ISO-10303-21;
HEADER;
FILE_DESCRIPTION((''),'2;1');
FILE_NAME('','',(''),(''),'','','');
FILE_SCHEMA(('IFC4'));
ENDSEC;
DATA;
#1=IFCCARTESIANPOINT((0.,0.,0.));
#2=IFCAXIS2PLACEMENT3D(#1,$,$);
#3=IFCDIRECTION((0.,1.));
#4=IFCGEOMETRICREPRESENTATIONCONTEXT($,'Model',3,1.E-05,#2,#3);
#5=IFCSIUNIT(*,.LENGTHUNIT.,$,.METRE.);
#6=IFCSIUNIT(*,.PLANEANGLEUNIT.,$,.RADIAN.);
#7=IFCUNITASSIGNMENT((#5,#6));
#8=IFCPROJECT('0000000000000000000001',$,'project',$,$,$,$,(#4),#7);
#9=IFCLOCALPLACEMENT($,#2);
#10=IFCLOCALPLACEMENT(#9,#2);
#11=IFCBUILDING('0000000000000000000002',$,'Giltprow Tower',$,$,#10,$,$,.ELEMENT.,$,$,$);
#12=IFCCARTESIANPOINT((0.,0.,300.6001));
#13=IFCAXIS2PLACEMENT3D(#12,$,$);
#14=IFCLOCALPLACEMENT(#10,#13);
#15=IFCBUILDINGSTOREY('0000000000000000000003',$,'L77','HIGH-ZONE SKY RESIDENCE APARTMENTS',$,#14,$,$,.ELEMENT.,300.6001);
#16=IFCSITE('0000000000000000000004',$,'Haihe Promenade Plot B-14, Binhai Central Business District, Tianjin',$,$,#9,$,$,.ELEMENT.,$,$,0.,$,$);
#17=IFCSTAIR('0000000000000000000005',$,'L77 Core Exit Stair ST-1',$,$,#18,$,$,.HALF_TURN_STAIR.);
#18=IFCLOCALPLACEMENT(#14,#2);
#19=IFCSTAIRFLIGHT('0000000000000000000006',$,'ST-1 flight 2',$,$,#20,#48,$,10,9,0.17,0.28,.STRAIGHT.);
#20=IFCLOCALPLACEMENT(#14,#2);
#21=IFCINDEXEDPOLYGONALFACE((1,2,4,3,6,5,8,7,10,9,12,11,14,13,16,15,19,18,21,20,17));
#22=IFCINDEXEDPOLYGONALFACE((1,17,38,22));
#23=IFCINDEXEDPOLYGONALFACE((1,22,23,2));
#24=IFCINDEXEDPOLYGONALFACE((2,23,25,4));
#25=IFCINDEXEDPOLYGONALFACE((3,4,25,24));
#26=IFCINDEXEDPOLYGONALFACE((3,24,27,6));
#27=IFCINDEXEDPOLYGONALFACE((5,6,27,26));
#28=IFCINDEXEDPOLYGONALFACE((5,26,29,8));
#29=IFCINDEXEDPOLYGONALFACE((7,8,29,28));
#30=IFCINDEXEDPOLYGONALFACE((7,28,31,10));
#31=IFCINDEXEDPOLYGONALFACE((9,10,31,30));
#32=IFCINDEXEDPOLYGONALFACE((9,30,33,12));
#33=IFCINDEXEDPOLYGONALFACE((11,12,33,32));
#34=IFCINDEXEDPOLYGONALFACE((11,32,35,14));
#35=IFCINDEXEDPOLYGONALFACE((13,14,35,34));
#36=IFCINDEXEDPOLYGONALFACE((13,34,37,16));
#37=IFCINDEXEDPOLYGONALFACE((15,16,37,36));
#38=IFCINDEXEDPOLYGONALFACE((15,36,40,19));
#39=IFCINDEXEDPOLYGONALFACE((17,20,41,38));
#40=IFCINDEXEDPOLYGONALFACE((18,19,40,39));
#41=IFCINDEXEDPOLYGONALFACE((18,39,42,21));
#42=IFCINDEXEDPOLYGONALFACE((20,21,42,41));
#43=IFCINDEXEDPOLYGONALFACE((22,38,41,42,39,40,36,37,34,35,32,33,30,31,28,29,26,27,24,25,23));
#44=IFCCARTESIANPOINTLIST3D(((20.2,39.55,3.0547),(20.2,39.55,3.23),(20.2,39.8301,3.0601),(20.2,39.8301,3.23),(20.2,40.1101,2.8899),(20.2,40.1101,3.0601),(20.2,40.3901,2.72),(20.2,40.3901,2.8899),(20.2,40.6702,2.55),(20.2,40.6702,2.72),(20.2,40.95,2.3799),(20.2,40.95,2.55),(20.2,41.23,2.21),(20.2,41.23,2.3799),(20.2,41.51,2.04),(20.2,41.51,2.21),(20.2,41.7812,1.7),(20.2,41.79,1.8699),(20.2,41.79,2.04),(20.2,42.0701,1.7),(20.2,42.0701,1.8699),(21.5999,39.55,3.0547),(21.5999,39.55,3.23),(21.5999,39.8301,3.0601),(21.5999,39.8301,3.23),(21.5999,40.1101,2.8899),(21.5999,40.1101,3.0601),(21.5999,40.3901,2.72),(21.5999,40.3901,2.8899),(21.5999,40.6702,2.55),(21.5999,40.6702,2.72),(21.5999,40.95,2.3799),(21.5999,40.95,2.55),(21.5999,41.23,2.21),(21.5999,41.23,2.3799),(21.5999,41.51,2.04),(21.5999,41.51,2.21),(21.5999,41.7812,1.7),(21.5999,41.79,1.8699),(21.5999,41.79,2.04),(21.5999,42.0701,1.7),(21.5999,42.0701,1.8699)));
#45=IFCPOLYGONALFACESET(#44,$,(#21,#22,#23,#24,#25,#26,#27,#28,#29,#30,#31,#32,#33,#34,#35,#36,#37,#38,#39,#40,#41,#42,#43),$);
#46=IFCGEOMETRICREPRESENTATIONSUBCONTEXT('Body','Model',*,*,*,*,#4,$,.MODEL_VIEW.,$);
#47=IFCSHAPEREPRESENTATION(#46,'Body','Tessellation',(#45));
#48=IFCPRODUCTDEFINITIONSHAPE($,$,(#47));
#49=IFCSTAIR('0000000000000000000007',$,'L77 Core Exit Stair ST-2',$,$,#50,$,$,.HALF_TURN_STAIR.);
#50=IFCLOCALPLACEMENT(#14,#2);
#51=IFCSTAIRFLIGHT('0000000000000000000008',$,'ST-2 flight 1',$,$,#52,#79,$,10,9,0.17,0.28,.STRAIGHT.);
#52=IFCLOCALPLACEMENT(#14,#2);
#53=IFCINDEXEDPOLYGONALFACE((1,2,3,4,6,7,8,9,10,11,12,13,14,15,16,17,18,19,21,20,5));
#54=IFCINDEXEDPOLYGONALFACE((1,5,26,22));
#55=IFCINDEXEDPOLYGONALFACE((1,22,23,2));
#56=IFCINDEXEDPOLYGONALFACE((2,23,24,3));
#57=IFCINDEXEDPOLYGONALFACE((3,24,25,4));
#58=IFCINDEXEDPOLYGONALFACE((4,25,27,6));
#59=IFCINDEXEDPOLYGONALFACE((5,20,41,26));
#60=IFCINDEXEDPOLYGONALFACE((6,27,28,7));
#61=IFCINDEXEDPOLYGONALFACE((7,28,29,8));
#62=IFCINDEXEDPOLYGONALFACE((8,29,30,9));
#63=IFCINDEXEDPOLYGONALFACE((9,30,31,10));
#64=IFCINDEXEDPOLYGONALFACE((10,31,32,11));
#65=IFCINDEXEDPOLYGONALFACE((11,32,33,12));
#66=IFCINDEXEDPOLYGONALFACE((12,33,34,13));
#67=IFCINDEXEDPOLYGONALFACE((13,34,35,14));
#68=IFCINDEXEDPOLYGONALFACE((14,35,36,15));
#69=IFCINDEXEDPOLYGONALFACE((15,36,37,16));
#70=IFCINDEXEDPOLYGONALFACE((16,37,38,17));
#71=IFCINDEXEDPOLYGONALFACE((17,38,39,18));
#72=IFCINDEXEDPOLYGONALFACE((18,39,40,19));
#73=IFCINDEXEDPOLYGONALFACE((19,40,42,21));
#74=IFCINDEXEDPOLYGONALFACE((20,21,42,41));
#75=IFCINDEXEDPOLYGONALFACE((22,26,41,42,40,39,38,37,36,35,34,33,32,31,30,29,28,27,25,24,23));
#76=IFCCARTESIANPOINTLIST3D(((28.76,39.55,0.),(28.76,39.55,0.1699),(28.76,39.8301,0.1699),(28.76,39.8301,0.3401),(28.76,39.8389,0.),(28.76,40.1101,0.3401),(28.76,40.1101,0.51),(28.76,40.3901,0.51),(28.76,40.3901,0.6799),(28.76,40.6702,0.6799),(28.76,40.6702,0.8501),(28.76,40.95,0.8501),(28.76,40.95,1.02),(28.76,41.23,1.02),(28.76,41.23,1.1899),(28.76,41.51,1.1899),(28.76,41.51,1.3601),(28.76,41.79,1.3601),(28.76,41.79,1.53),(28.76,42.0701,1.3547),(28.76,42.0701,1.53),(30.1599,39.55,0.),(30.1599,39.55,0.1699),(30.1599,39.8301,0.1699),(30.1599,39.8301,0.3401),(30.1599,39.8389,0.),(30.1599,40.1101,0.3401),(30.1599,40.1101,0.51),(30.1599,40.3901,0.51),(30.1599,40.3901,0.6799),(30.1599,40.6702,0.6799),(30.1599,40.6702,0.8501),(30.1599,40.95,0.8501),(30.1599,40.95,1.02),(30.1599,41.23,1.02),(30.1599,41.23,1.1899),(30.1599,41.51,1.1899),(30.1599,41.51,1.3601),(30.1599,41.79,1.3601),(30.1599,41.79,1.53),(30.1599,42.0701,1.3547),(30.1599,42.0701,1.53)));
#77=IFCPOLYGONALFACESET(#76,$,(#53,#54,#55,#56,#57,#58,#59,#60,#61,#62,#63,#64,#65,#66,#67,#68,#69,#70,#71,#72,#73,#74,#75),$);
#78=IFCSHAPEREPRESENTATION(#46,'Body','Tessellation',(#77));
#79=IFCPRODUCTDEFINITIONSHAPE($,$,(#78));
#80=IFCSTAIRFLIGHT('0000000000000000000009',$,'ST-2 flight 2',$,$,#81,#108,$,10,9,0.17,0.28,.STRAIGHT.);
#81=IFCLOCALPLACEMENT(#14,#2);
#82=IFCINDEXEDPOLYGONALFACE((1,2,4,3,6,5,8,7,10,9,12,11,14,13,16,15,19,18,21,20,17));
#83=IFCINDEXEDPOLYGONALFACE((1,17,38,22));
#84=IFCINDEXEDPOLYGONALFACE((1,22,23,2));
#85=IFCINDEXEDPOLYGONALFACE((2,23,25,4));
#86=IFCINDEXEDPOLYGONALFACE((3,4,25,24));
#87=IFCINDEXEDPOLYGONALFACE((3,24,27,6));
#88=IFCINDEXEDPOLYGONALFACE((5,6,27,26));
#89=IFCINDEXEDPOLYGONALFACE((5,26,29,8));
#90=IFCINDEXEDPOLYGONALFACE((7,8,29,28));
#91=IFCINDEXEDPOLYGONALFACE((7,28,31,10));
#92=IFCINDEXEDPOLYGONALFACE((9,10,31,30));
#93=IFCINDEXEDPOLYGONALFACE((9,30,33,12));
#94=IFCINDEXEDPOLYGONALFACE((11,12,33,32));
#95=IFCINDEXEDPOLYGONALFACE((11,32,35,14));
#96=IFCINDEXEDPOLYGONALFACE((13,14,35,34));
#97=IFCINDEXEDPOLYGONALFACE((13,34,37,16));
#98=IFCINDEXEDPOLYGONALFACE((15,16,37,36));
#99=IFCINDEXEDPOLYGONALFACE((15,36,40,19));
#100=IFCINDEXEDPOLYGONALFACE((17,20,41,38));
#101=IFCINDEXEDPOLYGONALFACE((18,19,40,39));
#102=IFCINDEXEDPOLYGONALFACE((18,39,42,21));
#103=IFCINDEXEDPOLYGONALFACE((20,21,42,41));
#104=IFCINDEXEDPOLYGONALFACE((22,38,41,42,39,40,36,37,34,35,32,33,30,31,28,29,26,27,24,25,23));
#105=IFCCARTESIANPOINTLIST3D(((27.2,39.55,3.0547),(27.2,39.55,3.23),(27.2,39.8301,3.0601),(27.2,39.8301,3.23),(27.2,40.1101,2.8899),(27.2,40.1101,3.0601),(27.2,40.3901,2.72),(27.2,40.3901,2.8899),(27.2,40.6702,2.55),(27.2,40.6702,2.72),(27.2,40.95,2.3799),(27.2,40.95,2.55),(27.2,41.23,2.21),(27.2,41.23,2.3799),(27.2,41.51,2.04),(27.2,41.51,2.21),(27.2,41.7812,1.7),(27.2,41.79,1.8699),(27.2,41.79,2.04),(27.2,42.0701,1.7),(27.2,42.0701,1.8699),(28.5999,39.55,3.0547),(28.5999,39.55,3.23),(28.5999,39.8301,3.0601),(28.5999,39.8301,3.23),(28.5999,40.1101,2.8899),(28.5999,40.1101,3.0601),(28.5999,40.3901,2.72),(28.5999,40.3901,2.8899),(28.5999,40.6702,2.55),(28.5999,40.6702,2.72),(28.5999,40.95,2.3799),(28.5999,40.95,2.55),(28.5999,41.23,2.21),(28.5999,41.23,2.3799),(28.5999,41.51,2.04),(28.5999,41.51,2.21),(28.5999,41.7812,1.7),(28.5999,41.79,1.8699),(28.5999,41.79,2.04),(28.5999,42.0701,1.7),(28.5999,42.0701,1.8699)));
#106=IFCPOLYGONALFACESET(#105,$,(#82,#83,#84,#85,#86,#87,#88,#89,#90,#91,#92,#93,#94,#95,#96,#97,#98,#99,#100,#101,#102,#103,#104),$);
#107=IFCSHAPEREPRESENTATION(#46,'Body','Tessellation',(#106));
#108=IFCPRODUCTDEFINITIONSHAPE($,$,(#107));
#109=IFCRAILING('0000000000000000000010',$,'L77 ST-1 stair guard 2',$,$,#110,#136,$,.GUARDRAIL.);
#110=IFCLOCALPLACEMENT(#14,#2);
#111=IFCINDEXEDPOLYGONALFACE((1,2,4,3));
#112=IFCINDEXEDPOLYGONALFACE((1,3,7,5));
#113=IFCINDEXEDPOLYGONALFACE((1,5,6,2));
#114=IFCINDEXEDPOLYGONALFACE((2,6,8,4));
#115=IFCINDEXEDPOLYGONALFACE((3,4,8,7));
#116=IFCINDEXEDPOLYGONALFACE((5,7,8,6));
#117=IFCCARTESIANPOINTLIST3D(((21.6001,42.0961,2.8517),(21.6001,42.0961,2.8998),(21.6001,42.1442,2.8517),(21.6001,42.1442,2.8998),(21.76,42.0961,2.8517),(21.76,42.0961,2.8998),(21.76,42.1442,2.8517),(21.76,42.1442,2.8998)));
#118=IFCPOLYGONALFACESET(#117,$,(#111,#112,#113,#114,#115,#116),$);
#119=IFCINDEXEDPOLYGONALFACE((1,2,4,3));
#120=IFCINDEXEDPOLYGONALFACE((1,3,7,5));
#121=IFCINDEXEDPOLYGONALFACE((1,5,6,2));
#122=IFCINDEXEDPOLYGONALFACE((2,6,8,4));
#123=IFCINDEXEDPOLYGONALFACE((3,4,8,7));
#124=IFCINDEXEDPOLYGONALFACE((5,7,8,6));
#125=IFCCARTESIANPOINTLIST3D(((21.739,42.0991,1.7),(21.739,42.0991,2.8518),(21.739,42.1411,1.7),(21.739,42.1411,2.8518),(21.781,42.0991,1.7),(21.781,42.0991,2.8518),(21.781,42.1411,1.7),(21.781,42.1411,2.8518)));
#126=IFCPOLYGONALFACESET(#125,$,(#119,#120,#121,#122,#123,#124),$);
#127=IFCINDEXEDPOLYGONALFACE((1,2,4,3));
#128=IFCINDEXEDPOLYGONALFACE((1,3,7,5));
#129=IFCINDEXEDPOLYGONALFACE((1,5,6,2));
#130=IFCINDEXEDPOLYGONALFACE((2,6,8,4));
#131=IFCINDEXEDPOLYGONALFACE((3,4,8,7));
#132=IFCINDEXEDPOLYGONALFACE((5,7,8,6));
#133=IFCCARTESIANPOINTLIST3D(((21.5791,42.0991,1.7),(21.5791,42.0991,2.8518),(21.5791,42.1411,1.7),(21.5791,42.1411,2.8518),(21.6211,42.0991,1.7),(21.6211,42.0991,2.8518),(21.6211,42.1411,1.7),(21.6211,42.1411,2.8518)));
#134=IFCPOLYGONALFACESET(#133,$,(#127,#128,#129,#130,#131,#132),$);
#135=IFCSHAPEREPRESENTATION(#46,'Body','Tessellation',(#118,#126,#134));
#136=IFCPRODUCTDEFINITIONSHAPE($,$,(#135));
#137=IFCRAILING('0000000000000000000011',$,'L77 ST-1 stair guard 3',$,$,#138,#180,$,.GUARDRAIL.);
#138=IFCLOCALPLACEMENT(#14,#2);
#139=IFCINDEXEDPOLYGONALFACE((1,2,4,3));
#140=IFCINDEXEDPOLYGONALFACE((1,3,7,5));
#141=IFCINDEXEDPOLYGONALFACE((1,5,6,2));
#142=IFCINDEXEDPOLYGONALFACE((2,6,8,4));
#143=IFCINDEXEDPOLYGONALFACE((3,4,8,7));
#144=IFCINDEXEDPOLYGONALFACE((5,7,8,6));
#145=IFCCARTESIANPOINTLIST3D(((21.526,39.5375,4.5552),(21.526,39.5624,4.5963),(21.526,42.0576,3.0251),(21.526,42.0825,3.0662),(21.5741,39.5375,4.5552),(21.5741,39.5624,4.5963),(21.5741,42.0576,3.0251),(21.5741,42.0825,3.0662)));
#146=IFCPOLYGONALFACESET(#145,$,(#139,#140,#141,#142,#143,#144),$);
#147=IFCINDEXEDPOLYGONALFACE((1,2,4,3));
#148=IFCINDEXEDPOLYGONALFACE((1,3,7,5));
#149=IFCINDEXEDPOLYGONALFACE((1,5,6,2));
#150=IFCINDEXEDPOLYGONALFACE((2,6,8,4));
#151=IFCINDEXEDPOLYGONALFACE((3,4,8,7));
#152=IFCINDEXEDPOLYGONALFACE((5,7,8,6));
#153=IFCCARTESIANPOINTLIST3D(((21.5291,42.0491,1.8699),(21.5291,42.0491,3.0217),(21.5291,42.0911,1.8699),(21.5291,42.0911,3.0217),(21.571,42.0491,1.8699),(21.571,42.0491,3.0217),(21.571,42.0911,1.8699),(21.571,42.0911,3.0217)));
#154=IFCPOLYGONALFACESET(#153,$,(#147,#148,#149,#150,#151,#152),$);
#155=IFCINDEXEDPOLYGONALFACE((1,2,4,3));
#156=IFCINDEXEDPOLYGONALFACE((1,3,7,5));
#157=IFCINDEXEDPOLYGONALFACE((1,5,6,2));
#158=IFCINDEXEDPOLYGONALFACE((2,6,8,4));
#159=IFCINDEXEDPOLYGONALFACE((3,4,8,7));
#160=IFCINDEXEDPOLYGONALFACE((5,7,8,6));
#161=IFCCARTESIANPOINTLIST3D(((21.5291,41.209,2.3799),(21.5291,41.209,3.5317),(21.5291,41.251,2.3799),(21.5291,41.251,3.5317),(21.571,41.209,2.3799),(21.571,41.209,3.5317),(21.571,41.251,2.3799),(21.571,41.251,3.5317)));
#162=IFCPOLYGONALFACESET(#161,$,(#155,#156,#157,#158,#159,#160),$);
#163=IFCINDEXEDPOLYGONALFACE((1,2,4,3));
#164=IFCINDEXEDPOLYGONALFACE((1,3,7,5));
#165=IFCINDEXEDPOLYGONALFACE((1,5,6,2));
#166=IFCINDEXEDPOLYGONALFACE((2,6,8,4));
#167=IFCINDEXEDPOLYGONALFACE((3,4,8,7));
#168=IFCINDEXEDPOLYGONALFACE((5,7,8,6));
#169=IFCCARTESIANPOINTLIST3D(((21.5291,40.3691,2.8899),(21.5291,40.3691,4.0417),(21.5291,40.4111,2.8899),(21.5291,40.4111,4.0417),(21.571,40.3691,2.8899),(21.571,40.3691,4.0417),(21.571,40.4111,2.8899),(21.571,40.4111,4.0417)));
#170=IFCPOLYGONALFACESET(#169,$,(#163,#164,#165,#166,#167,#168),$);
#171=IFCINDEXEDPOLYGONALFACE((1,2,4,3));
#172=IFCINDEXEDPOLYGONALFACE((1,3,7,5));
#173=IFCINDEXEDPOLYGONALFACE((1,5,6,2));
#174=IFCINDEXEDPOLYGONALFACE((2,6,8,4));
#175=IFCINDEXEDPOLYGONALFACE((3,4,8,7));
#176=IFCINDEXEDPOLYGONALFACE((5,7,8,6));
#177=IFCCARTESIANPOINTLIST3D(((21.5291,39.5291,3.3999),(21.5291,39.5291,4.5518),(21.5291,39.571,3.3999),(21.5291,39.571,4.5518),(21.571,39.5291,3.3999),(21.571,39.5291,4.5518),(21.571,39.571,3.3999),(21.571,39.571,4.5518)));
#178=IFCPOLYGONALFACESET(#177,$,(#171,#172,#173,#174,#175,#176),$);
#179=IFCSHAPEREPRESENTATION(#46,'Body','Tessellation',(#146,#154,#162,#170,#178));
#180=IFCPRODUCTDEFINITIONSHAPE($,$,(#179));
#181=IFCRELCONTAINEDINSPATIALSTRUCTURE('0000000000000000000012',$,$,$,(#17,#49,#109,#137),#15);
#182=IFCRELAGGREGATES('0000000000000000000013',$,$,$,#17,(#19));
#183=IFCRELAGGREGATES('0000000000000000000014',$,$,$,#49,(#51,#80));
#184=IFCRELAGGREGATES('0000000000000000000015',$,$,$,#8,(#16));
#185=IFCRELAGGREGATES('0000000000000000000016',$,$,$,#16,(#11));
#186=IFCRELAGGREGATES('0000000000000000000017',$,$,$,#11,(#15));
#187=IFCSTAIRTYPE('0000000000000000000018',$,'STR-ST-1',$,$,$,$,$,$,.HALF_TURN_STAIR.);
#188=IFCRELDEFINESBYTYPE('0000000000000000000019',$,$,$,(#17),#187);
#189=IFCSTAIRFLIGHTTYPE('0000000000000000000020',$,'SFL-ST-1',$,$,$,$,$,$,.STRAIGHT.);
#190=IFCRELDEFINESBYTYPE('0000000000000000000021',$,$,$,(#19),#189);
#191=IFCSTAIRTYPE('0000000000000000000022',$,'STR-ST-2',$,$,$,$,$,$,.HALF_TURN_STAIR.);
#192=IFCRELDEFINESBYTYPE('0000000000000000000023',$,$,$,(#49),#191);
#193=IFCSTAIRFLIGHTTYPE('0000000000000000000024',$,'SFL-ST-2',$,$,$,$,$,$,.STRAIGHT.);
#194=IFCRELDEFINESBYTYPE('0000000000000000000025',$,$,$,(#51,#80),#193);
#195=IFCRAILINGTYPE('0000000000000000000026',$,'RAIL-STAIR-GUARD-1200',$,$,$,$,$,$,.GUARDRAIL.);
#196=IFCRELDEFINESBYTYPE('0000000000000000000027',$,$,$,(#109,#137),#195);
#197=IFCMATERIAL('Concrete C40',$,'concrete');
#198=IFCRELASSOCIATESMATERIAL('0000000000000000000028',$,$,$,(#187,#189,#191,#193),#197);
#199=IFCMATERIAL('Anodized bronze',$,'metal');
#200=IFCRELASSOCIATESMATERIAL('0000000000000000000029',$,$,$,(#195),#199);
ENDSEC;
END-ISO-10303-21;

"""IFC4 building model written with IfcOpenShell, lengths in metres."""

from ifc_helpers import new_model, si_unit, direction, frame, origin, origin_2d, place, context, subcontext, project, spatial, polyline, rectangle, outline, extrude, material, type_object, element, aggregate, save


model = new_model("IFC4")

# Units and contexts
model_context = context("Model", 3, precision=1e-05, world=origin(), true_north=direction((0.0, 1.0)))
body_context = subcontext(model_context, "Body", "Model", "MODEL_VIEW")
ifc_project = project(units=[si_unit("LENGTHUNIT", "METRE"), si_unit("PLANEANGLEUNIT", "RADIAN")], contexts=[model_context])

# Site, building, storey
site_placement = place(None, origin())
site = spatial("IfcSite", under=ifc_project, at=site_placement, Name="Haihe Promenade Plot B-14, Binhai Central Business District, Tianjin", CompositionType="ELEMENT", RefElevation=0.0)
building_placement = place(site_placement, origin())
building = spatial("IfcBuilding", under=site, at=building_placement, Name="Giltprow Tower", CompositionType="ELEMENT")
storey_placement = place(building_placement, frame((0.0, 0.0, 300.6001)))
storey = spatial("IfcBuildingStorey", under=building, at=storey_placement, Name="L77", Description="HIGH-ZONE SKY RESIDENCE APARTMENTS", CompositionType="ELEMENT", Elevation=300.6001)

# Shared definitions
ifc_material_1 = material(Name="Concrete C40", Category="concrete")

# Stair, stair flight
stair_type_1 = type_object("IfcStairType", Name="STR-ST-1", PredefinedType="HALF_TURN_STAIR", material=ifc_material_1)
stair_1_placement = place(storey_placement, origin())
stair_1 = element("IfcStair", 1, at=stair_1_placement, inside=storey, type_object=stair_type_1, Name="L77 Core Exit Stair ST-1", PredefinedType="HALF_TURN_STAIR")
stair_flight_type_1 = type_object("IfcStairFlightType", Name="SFL-ST-1", PredefinedType="STRAIGHT", material=ifc_material_1)
stair_flight_1_placement = place(storey_placement, frame((20.8999, 42.0701, 1.7), z_axis=(0.0, 0.0, 1.0), x_axis=(0.0, -1.0, 0.0)))
stair_flight_1 = element("IfcStairFlight", 2, at=stair_flight_1_placement, type_object=stair_flight_type_1, Name="ST-1 flight 2", NumberOfRisers=10, NumberOfTreads=9, PredefinedType="STRAIGHT", RiserHeight=0.17, TreadLength=0.28, context=body_context, shape_type="SweptSolid", body=[
    extrude(outline(polyline([(0.0, 0.0), (0.0, 0.1699), (0.28, 0.1699), (0.28, 0.3401), (0.5601, 0.3401), (0.5601, 0.51), (0.8401, 0.51), (0.8401, 0.6799), (1.1201, 0.6799), (1.1201, 0.8501), (1.3999, 0.8501), (1.3999, 1.02), (1.6799, 1.02), (1.6799, 1.1899), (1.96, 1.1899), (1.96, 1.3601), (2.24, 1.3601), (2.24, 1.53), (2.52, 1.53), (2.52, 1.7), (2.52, 1.3547), (0.2888, 0.0), (0.0, 0.0)])), frame((0.0, 0.7, 0.0), z_axis=(0.0, -1.0, 0.0), x_axis=(1.0, 0.0, 0.0)), (0.0, 0.0, 1.0), 1.3999),
])
aggregate(stair_1, [stair_flight_1])

# Stair, stair flights
stair_type_2 = type_object("IfcStairType", Name="STR-ST-2", PredefinedType="HALF_TURN_STAIR", material=ifc_material_1)
stair_2_placement = place(storey_placement, origin())
stair_2 = element("IfcStair", 3, at=stair_2_placement, inside=storey, type_object=stair_type_2, Name="L77 Core Exit Stair ST-2", PredefinedType="HALF_TURN_STAIR")
stair_flight_type_2 = type_object("IfcStairFlightType", Name="SFL-ST-2", PredefinedType="STRAIGHT", material=ifc_material_1)
stair_flight_2_placement = place(storey_placement, frame((29.46, 39.55, 0.0), z_axis=(0.0, 0.0, 1.0), x_axis=(0.0, 1.0, 0.0)))
stair_flight_2 = element("IfcStairFlight", 4, at=stair_flight_2_placement, type_object=stair_flight_type_2, Name="ST-2 flight 1", NumberOfRisers=10, NumberOfTreads=9, PredefinedType="STRAIGHT", RiserHeight=0.17, TreadLength=0.28, context=body_context, shape_type="SweptSolid", body=[
    extrude(outline(polyline([(0.0, 0.0), (0.0, 0.1699), (0.28, 0.1699), (0.28, 0.3401), (0.5601, 0.3401), (0.5601, 0.51), (0.8401, 0.51), (0.8401, 0.6799), (1.1201, 0.6799), (1.1201, 0.8501), (1.3999, 0.8501), (1.3999, 1.02), (1.6799, 1.02), (1.6799, 1.1899), (1.96, 1.1899), (1.96, 1.3601), (2.24, 1.3601), (2.24, 1.53), (2.52, 1.53), (2.52, 1.7), (2.52, 1.3547), (0.2888, 0.0), (0.0, 0.0)])), frame((0.0, 0.7, 0.0), z_axis=(0.0, -1.0, 0.0), x_axis=(1.0, 0.0, 0.0)), (0.0, 0.0, 1.0), 1.3999),
])
stair_flight_3_placement = place(storey_placement, frame((27.8999, 42.0701, 1.7), z_axis=(0.0, 0.0, 1.0), x_axis=(0.0, -1.0, 0.0)))
stair_flight_3 = element("IfcStairFlight", 5, at=stair_flight_3_placement, type_object=stair_flight_type_2, Name="ST-2 flight 2", NumberOfRisers=10, NumberOfTreads=9, PredefinedType="STRAIGHT", RiserHeight=0.17, TreadLength=0.28, context=body_context, shape_type="SweptSolid", body=[
    extrude(outline(polyline([(0.0, 0.0), (0.0, 0.1699), (0.28, 0.1699), (0.28, 0.3401), (0.5601, 0.3401), (0.5601, 0.51), (0.8401, 0.51), (0.8401, 0.6799), (1.1201, 0.6799), (1.1201, 0.8501), (1.3999, 0.8501), (1.3999, 1.02), (1.6799, 1.02), (1.6799, 1.1899), (1.96, 1.1899), (1.96, 1.3601), (2.24, 1.3601), (2.24, 1.53), (2.52, 1.53), (2.52, 1.7), (2.52, 1.3547), (0.2888, 0.0), (0.0, 0.0)])), frame((0.0, 0.7, 0.0), z_axis=(0.0, -1.0, 0.0), x_axis=(1.0, 0.0, 0.0)), (0.0, 0.0, 1.0), 1.3999),
])
aggregate(stair_2, [stair_flight_2, stair_flight_3])

# Railings
ifc_material_2 = material(Name="Anodized bronze", Category="metal")
railing_type_1 = type_object("IfcRailingType", Name="RAIL-STAIR-GUARD-1200", PredefinedType="GUARDRAIL", material=ifc_material_2)
railing_1_placement = place(storey_placement, frame((21.76, 42.1201, 1.7)))
element("IfcRailing", 6, at=railing_1_placement, inside=storey, type_object=railing_type_1, Name="L77 ST-1 stair guard 2", PredefinedType="GUARDRAIL", context=body_context, shape_type="SweptSolid", body=[
    extrude(rectangle(XDim=0.0481, YDim=0.0481, at=origin_2d()), frame((0.0, 0.0, 1.1758), z_axis=(-1.0, 0.0, 0.0), x_axis=(0.0, -1.0, 0.0)), (0.0, 0.0, 1.0), 0.1599),
    extrude(rectangle(XDim=0.042, YDim=0.042, at=origin_2d()), origin(), (0.0, 0.0, 1.0), 1.1519),
    extrude(rectangle(XDim=0.042, YDim=0.042, at=origin_2d()), frame((-0.1599, 0.0, 0.0)), (0.0, 0.0, 1.0), 1.1519),
])
railing_2_placement = place(storey_placement, frame((21.55, 42.0701, 1.8699)))
element("IfcRailing", 7, at=railing_2_placement, inside=storey, type_object=railing_type_1, Name="L77 ST-1 stair guard 3", PredefinedType="GUARDRAIL", context=body_context, shape_type="SweptSolid", body=[
    extrude(rectangle(XDim=0.0481, YDim=0.0481, at=origin_2d()), frame((0.0, 0.0, 1.1758), z_axis=(0.0, -0.854785, 0.518982), x_axis=(1.0, 0.0, 0.0)), (0.0, 0.0, 1.0), 2.9482),
    extrude(rectangle(XDim=0.042, YDim=0.042, at=origin_2d()), origin(), (0.0, 0.0, 1.0), 1.1519),
    extrude(rectangle(XDim=0.042, YDim=0.042, at=origin_2d()), frame((0.0, -0.8401, 0.51)), (0.0, 0.0, 1.0), 1.1519),
    extrude(rectangle(XDim=0.042, YDim=0.042, at=origin_2d()), frame((0.0, -1.6799, 1.02)), (0.0, 0.0, 1.0), 1.1519),
    extrude(rectangle(XDim=0.042, YDim=0.042, at=origin_2d()), frame((0.0, -2.52, 1.53)), (0.0, 0.0, 1.0), 1.1519),
])

save(model, "model.ifc")
